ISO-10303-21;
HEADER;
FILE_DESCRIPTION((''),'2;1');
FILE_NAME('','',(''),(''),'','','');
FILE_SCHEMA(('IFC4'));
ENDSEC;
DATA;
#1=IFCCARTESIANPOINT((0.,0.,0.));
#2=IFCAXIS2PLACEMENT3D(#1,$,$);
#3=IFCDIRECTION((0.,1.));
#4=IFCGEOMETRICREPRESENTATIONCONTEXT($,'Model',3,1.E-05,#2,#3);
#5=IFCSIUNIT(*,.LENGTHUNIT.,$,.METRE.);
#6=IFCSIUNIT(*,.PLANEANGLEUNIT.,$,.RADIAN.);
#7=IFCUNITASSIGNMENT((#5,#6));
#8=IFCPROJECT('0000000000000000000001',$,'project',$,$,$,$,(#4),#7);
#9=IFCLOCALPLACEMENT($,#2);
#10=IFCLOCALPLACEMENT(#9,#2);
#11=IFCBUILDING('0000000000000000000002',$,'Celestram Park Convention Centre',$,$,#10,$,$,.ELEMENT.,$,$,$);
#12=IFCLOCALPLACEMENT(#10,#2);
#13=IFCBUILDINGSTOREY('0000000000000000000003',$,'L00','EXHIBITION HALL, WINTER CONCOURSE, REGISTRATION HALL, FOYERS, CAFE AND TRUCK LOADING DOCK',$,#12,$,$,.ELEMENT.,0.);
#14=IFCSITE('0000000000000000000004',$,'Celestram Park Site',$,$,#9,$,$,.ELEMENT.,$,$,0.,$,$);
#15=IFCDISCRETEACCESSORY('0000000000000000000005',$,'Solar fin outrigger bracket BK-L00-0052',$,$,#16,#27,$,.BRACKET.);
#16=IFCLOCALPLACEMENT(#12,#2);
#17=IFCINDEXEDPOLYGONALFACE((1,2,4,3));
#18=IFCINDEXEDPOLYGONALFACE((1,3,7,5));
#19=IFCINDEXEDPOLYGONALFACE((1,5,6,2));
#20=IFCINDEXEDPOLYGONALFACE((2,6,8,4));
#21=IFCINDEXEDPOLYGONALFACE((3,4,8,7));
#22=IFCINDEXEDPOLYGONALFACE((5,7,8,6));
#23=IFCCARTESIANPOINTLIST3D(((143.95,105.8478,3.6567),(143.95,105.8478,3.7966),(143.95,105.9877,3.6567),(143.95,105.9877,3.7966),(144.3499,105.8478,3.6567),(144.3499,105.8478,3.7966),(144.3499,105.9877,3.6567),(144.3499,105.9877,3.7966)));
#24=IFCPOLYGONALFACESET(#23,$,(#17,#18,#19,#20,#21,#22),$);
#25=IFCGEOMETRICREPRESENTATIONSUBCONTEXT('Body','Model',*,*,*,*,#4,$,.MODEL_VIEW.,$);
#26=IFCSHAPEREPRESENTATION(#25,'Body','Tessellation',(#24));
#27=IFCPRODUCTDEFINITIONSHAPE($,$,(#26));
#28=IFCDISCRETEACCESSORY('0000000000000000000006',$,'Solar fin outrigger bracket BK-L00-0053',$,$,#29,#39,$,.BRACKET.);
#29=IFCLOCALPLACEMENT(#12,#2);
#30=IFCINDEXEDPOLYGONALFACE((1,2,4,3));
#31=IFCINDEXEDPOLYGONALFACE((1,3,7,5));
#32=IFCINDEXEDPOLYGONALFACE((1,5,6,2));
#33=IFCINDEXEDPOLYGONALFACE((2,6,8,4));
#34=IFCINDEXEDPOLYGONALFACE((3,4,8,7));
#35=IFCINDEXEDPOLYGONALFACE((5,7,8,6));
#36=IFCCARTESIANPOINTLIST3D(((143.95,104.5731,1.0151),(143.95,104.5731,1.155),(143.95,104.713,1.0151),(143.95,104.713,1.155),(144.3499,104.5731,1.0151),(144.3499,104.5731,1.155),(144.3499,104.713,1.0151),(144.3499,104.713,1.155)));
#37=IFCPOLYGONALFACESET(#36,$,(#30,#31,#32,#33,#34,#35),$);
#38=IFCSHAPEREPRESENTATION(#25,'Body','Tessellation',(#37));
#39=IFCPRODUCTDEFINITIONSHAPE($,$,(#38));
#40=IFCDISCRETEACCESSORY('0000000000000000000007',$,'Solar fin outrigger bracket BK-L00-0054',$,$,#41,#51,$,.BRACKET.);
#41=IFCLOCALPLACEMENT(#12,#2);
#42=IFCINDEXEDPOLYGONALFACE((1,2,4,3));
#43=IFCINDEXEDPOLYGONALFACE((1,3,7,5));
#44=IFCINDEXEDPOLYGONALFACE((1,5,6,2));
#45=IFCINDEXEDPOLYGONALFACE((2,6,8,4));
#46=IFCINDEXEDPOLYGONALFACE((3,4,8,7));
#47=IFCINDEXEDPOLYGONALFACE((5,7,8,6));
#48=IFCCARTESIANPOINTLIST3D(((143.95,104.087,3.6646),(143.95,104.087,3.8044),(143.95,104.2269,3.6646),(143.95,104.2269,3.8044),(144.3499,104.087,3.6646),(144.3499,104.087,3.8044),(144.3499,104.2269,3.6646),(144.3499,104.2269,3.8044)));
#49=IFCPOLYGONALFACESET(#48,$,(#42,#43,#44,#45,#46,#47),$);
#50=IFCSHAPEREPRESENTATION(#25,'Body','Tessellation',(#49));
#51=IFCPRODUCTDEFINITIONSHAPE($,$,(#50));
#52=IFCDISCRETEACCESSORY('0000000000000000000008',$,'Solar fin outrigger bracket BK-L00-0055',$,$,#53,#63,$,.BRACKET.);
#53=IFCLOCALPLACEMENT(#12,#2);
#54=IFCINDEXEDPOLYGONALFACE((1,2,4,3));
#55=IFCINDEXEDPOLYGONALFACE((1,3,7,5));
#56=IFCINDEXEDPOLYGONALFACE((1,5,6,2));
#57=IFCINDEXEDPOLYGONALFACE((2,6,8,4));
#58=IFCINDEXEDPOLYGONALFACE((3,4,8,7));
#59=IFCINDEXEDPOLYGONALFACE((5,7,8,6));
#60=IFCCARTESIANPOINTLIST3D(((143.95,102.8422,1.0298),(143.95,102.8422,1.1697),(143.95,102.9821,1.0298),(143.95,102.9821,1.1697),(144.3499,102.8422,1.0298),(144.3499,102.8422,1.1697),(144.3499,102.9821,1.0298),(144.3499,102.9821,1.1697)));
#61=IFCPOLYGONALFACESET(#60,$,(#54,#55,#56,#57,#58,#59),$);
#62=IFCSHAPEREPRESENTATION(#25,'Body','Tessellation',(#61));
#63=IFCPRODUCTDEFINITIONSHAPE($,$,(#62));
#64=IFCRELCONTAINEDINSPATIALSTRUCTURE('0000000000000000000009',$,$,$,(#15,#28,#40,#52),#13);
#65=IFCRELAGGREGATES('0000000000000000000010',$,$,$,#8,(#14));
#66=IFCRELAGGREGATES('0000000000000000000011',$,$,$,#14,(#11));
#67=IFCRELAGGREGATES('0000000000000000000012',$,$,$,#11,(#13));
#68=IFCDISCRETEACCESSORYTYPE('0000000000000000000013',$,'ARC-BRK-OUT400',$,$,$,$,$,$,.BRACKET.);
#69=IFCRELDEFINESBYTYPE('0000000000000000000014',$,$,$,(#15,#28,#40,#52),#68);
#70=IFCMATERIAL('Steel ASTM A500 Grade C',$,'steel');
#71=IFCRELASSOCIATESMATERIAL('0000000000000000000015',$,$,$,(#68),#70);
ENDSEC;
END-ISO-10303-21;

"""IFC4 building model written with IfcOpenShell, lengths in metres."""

from ifc_helpers import new_model, si_unit, direction, frame, origin, origin_2d, place, context, subcontext, project, spatial, rectangle, extrude, material, type_object, element, save


model = new_model("IFC4")

# Units and contexts
model_context = context("Model", 3, precision=1e-05, world=origin(), true_north=direction((0.0, 1.0)))
body_context = subcontext(model_context, "Body", "Model", "MODEL_VIEW")
ifc_project = project(units=[si_unit("LENGTHUNIT", "METRE"), si_unit("PLANEANGLEUNIT", "RADIAN")], contexts=[model_context])

# Site, building, storey
site_placement = place(None, origin())
site = spatial("IfcSite", under=ifc_project, at=site_placement, Name="Celestram Park Site", CompositionType="ELEMENT", RefElevation=0.0)
building_placement = place(site_placement, origin())
building = spatial("IfcBuilding", under=site, at=building_placement, Name="Celestram Park Convention Centre", CompositionType="ELEMENT")
storey_placement = place(building_placement, origin())
storey = spatial("IfcBuildingStorey", under=building, at=storey_placement, Name="L00", Description="EXHIBITION HALL, WINTER CONCOURSE, REGISTRATION HALL, FOYERS, CAFE AND TRUCK LOADING DOCK", CompositionType="ELEMENT", Elevation=0.0)

# Shared definitions
ifc_material_1 = material(Name="Steel ASTM A500 Grade C", Category="steel")

# Discrete accessories
discrete_accessory_type = type_object("IfcDiscreteAccessoryType", Name="ARC-BRK-OUT400", PredefinedType="BRACKET", material=ifc_material_1)
for number, where, z_axis, x_axis, name in (
    (1, (144.1499, 105.9177, 3.6567), (0.0, 0.0, 1.0), (1.0, 0.0, 0.0), "Solar fin outrigger bracket BK-L00-0052"),
    (2, (144.1499, 104.6431, 1.0151), (0.0, 0.0, 1.0), (1.0, 0.0, 0.0), "Solar fin outrigger bracket BK-L00-0053"),
    (3, (144.1499, 104.157, 3.6646), (0.0, 0.0, 1.0), (1.0, 0.0, 0.0), "Solar fin outrigger bracket BK-L00-0054"),
    (4, (144.1499, 102.9121, 1.0298), (0.0, 0.0, 1.0), (1.0, 0.0, 0.0), "Solar fin outrigger bracket BK-L00-0055"),
):
    element("IfcDiscreteAccessory", number, at=place(storey_placement, frame(where, z_axis=z_axis, x_axis=x_axis)), inside=storey, type_object=discrete_accessory_type, Name=name, PredefinedType="BRACKET", context=body_context, shape_type="SweptSolid", body=[
        extrude(rectangle(XDim=0.3999, YDim=0.1399, at=origin_2d()), origin(), (0.0, 0.0, 1.0), 0.1399),
    ])

save(model, "model.ifc")
